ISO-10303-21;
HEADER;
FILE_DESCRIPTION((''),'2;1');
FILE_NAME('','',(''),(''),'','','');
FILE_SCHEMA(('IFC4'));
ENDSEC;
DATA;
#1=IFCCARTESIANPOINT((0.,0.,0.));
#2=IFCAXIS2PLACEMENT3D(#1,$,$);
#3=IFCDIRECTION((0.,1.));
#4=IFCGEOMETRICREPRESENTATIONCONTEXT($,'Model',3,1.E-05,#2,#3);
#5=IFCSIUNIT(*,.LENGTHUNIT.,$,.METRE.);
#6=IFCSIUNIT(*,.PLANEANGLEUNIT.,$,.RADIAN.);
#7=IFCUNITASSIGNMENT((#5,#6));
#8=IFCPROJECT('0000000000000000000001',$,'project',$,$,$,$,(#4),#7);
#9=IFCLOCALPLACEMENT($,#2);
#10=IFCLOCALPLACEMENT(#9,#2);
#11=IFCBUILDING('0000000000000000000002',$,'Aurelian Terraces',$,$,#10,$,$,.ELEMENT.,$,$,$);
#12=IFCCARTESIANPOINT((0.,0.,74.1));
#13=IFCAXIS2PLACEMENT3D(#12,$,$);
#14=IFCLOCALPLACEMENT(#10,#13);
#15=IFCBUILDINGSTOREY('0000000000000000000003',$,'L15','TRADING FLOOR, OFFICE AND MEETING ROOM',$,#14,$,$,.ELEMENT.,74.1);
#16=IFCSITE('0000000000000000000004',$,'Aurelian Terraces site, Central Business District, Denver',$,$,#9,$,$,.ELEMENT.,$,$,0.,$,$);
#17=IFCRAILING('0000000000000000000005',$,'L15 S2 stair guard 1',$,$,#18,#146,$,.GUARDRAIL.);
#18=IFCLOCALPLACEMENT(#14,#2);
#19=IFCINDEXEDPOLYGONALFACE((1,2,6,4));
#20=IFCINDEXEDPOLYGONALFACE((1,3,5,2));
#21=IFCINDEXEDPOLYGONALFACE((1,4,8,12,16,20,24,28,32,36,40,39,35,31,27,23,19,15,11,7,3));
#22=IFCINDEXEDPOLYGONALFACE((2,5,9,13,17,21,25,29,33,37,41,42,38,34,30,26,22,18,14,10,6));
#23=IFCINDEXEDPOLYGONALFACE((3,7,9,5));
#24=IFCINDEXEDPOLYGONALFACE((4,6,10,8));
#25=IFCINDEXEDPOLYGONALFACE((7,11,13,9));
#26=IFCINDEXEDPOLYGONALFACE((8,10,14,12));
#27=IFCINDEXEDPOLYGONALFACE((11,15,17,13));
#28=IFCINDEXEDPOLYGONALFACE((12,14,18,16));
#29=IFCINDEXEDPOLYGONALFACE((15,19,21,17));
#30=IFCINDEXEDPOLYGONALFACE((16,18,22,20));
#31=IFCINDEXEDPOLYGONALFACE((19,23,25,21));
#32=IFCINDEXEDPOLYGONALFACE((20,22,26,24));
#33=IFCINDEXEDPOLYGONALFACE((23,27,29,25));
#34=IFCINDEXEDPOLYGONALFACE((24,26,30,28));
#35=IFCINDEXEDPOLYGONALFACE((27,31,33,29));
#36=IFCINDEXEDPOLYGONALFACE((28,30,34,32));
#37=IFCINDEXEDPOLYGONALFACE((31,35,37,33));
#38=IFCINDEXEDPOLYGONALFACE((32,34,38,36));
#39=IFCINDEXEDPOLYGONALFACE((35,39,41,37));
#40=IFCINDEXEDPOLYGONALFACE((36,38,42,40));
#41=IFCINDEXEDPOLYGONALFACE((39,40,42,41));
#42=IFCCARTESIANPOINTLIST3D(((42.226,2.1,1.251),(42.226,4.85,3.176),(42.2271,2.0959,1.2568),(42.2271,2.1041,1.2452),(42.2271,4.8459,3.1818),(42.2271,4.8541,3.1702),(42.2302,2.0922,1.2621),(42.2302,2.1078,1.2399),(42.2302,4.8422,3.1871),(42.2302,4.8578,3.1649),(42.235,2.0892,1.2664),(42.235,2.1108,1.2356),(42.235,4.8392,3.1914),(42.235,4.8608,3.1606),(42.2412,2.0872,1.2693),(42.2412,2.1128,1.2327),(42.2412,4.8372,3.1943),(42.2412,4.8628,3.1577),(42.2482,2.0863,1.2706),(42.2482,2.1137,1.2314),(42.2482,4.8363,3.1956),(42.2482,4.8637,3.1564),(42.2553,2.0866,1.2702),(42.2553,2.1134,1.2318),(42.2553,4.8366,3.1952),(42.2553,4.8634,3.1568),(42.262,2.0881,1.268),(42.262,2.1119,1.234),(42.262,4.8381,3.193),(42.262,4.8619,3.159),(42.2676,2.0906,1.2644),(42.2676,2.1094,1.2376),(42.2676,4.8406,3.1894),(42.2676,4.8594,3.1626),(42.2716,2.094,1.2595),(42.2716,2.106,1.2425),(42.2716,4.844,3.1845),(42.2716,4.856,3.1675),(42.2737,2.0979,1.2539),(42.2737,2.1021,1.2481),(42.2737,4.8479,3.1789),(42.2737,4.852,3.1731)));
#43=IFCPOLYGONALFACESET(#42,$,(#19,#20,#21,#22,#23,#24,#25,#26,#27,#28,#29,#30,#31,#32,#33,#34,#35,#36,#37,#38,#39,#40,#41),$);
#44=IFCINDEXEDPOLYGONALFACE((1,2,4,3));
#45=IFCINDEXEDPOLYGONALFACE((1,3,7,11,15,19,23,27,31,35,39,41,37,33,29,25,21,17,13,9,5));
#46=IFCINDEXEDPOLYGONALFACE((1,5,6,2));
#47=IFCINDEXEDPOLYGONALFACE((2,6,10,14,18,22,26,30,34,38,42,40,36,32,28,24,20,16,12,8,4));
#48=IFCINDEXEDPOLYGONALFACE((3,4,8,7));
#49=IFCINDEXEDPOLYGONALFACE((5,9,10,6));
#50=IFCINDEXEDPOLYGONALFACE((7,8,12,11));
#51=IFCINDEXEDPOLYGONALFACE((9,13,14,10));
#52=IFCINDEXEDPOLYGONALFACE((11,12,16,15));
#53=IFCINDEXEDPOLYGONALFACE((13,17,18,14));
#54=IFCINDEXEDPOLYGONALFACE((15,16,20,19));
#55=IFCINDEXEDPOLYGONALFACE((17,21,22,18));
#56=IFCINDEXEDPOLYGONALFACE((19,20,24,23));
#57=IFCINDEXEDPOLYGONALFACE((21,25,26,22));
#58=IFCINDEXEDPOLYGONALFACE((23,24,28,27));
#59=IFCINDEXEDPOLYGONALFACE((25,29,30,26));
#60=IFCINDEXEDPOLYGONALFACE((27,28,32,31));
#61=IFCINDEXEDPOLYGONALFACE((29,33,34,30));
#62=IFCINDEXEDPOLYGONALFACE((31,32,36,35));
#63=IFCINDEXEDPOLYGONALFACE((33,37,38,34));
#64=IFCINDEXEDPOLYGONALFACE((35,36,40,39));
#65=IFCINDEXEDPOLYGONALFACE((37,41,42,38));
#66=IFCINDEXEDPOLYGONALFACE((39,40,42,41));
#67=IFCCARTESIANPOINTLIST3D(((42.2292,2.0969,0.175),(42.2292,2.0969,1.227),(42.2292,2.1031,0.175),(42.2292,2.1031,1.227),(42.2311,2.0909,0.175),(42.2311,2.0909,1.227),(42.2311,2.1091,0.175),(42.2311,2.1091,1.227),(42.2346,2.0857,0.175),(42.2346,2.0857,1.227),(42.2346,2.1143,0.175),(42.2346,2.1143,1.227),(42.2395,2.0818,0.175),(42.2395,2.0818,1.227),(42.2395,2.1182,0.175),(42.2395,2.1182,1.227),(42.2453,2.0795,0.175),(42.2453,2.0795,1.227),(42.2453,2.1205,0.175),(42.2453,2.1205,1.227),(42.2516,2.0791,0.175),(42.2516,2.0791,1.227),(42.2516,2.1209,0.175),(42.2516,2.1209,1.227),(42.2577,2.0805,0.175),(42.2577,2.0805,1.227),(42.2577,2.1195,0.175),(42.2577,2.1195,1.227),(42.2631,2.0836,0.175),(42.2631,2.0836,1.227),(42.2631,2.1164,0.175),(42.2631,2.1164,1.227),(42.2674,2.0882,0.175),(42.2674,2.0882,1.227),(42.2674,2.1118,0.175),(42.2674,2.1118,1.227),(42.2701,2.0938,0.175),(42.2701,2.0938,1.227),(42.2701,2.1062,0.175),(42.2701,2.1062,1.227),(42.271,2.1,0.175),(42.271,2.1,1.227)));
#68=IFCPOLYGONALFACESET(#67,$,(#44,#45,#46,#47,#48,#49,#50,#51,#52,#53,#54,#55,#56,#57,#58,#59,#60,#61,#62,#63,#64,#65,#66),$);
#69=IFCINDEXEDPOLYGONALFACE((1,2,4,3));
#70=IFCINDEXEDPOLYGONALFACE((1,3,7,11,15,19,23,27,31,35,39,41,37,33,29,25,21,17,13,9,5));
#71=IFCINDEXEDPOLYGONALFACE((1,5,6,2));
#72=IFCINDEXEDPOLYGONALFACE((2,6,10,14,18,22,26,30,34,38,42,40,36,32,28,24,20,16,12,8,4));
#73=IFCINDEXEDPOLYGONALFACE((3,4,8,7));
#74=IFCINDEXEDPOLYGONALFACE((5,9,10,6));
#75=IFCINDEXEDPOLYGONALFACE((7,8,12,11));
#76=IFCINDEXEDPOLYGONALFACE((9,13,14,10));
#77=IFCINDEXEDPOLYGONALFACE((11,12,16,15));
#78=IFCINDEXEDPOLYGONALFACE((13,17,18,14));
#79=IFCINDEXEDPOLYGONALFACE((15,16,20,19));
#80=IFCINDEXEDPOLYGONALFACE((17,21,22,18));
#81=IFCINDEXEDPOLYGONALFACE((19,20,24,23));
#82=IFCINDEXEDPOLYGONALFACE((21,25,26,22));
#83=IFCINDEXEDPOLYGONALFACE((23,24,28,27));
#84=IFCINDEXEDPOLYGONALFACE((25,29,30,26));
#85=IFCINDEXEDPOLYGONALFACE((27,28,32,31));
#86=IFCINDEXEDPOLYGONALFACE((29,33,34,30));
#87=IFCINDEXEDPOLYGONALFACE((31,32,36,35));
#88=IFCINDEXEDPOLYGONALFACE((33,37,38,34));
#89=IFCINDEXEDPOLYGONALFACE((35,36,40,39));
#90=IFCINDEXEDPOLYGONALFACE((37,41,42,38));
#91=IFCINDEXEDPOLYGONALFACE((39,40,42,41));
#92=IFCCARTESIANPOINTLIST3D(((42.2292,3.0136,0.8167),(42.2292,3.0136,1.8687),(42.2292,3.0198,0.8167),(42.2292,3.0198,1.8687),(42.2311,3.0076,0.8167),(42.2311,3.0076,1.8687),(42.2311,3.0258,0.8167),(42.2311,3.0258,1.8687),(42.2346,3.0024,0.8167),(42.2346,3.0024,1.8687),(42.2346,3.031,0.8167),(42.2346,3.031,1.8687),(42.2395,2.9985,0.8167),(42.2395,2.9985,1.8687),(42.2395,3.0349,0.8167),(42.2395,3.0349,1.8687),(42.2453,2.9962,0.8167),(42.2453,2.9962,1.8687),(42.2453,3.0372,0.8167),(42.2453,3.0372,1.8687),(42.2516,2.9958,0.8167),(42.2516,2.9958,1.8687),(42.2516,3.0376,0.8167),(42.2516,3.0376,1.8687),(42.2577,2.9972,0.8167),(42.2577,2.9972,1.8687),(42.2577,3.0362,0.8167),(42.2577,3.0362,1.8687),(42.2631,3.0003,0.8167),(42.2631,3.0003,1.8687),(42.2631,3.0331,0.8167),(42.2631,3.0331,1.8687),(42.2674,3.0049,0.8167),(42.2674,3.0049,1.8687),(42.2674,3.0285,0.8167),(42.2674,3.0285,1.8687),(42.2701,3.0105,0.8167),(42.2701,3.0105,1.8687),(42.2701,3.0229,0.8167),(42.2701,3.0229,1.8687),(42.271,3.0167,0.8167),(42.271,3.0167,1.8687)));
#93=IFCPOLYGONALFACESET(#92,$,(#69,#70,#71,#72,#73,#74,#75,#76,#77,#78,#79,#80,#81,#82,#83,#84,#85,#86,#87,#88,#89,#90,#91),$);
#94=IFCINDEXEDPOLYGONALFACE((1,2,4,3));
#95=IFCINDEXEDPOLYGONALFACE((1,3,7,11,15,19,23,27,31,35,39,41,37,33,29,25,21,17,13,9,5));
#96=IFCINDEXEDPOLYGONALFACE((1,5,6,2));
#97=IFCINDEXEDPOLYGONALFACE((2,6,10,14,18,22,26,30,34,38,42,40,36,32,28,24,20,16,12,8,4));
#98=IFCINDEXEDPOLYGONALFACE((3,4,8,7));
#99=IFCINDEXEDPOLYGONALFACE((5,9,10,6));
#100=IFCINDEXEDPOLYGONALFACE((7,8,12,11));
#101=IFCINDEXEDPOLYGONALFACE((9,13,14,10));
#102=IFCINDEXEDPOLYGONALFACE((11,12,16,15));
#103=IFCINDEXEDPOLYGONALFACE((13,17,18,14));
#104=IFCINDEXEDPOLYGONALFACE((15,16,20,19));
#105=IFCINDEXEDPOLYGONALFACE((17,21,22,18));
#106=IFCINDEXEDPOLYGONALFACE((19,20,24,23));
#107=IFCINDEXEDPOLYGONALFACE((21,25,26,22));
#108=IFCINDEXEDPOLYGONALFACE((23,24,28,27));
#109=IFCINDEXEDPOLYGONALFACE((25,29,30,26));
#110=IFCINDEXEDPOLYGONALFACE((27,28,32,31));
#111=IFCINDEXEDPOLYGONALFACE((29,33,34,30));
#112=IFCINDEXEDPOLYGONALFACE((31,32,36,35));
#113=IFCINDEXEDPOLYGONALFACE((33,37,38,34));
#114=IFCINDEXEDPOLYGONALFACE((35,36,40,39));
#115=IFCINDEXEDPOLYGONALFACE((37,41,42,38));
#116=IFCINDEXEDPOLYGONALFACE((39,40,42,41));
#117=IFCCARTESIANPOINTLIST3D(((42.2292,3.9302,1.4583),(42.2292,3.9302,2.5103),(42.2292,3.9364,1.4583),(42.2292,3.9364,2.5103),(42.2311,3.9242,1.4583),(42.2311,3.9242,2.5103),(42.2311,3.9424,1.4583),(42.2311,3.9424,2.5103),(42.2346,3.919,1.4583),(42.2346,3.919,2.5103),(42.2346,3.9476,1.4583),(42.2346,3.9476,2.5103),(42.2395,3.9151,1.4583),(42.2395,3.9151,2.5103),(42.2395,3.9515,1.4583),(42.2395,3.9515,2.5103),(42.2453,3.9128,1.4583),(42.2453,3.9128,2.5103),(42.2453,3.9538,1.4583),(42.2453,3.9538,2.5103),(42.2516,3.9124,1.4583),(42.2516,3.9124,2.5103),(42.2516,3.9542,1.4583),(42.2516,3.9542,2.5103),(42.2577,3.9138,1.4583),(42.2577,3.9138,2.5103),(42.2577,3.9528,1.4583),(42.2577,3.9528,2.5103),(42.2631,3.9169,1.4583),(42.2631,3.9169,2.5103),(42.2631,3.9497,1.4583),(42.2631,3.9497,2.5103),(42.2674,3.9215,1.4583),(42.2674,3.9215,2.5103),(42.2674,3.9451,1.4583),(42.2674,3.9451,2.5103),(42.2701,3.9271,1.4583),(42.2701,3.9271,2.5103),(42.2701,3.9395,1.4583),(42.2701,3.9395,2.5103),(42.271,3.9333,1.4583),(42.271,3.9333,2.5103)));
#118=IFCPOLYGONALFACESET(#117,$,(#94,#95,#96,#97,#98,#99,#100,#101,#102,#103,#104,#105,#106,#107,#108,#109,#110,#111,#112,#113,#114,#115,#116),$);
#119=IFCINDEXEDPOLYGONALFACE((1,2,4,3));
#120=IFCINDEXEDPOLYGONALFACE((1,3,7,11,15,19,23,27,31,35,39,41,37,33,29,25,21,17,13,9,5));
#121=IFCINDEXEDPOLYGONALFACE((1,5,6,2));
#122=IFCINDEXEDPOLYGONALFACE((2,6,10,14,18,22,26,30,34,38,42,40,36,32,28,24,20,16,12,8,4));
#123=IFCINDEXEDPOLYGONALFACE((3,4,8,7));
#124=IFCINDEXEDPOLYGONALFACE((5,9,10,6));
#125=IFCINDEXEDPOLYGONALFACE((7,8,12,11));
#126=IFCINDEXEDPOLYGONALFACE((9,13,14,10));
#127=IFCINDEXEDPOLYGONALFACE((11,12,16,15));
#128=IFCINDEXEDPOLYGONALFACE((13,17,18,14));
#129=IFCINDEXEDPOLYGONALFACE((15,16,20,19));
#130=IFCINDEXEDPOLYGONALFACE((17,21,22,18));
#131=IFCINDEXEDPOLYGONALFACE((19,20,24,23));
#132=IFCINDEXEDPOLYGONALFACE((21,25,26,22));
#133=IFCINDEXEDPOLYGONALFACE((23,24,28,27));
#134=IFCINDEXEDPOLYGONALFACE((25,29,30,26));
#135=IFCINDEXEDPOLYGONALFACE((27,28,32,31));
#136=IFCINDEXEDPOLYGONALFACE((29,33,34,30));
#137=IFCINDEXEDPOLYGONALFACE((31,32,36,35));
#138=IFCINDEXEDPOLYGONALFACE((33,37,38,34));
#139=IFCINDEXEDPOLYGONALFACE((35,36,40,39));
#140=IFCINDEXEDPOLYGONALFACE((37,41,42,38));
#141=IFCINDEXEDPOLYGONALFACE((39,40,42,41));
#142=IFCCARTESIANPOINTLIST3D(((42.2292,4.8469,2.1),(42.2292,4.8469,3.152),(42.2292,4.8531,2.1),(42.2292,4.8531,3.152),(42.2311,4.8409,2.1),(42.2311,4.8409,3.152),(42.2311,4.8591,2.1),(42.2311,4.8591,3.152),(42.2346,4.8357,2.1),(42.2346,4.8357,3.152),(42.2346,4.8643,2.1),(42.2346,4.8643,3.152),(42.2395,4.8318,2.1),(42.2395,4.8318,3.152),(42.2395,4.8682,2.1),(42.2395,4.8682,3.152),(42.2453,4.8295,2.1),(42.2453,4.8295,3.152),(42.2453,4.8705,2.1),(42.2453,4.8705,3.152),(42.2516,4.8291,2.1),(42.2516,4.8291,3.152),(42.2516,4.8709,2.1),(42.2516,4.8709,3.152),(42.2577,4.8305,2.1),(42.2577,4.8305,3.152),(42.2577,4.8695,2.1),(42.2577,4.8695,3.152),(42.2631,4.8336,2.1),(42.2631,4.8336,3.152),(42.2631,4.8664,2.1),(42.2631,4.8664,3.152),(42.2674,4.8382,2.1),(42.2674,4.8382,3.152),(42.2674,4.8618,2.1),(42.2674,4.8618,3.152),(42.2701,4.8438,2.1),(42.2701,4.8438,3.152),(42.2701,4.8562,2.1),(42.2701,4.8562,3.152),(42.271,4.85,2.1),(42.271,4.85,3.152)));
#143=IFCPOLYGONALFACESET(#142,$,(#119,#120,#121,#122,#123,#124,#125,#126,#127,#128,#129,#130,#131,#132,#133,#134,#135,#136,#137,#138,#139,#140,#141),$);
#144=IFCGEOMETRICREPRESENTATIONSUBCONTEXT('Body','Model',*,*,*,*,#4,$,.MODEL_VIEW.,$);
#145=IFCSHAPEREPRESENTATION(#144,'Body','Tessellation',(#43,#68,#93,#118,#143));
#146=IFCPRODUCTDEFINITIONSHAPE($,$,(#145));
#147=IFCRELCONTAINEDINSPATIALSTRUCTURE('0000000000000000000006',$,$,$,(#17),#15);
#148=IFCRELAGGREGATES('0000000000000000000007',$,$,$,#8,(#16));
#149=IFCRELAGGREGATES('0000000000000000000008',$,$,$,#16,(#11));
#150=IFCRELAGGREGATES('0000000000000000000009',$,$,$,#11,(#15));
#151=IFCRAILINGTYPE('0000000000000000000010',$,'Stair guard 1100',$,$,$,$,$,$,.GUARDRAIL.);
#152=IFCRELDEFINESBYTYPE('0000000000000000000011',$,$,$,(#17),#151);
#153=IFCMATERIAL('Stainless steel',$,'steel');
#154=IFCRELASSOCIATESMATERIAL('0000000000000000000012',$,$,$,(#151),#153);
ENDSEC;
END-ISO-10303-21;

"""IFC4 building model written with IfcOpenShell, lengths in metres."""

from ifc_helpers import new_model, si_unit, direction, frame, origin, origin_2d, place, context, subcontext, project, spatial, circle, extrude, source, transform, mapped, material, type_object, element, save


model = new_model("IFC4")

# Units and contexts
model_context = context("Model", 3, precision=1e-05, world=origin(), true_north=direction((0.0, 1.0)))
body_context = subcontext(model_context, "Body", "Model", "MODEL_VIEW")
ifc_project = project(units=[si_unit("LENGTHUNIT", "METRE"), si_unit("PLANEANGLEUNIT", "RADIAN")], contexts=[model_context])

# Site, building, storey
site_placement = place(None, origin())
site = spatial("IfcSite", under=ifc_project, at=site_placement, Name="Aurelian Terraces site, Central Business District, Denver", CompositionType="ELEMENT", RefElevation=0.0)
building_placement = place(site_placement, origin())
building = spatial("IfcBuilding", under=site, at=building_placement, Name="Aurelian Terraces", CompositionType="ELEMENT")
storey_placement = place(building_placement, frame((0.0, 0.0, 74.1)))
storey = spatial("IfcBuildingStorey", under=building, at=storey_placement, Name="L15", Description="TRADING FLOOR, OFFICE AND MEETING ROOM", CompositionType="ELEMENT", Elevation=74.1)

# Railing
ifc_material_1 = material(Name="Stainless steel", Category="steel")
railing_type_1 = type_object("IfcRailingType", Name="Stair guard 1100", PredefinedType="GUARDRAIL", material=ifc_material_1)
shared_shape_1 = source(origin(), body_context, "Body", "SweptSolid", [
    extrude(circle(Radius=0.024, at=origin_2d()), frame((0.0, 0.0, 1.076), z_axis=(0.0, 0.819232, 0.573462), x_axis=(-1.0, 0.0, 0.0)), (0.0, 0.0, 1.0), 3.3568),
    extrude(circle(Radius=0.021, at=origin_2d()), origin(), (0.0, 0.0, 1.0), 1.052),
    extrude(circle(Radius=0.021, at=origin_2d()), frame((0.0, 0.9167, 0.6417)), (0.0, 0.0, 1.0), 1.052),
    extrude(circle(Radius=0.021, at=origin_2d()), frame((0.0, 1.8333, 1.2833)), (0.0, 0.0, 1.0), 1.052),
    extrude(circle(Radius=0.021, at=origin_2d()), frame((0.0, 2.75, 1.925)), (0.0, 0.0, 1.0), 1.052),
])
railing_1_placement = place(storey_placement, frame((42.25, 2.1, 0.175)))
element("IfcRailing", 1, at=railing_1_placement, inside=storey, type_object=railing_type_1, Name="L15 S2 stair guard 1", PredefinedType="GUARDRAIL", context=body_context, shape_type="MappedRepresentation", body=[
    mapped(shared_shape_1, transform((0.0, 0.0, 0.0), scale=1.0)),
])

save(model, "model.ifc")
